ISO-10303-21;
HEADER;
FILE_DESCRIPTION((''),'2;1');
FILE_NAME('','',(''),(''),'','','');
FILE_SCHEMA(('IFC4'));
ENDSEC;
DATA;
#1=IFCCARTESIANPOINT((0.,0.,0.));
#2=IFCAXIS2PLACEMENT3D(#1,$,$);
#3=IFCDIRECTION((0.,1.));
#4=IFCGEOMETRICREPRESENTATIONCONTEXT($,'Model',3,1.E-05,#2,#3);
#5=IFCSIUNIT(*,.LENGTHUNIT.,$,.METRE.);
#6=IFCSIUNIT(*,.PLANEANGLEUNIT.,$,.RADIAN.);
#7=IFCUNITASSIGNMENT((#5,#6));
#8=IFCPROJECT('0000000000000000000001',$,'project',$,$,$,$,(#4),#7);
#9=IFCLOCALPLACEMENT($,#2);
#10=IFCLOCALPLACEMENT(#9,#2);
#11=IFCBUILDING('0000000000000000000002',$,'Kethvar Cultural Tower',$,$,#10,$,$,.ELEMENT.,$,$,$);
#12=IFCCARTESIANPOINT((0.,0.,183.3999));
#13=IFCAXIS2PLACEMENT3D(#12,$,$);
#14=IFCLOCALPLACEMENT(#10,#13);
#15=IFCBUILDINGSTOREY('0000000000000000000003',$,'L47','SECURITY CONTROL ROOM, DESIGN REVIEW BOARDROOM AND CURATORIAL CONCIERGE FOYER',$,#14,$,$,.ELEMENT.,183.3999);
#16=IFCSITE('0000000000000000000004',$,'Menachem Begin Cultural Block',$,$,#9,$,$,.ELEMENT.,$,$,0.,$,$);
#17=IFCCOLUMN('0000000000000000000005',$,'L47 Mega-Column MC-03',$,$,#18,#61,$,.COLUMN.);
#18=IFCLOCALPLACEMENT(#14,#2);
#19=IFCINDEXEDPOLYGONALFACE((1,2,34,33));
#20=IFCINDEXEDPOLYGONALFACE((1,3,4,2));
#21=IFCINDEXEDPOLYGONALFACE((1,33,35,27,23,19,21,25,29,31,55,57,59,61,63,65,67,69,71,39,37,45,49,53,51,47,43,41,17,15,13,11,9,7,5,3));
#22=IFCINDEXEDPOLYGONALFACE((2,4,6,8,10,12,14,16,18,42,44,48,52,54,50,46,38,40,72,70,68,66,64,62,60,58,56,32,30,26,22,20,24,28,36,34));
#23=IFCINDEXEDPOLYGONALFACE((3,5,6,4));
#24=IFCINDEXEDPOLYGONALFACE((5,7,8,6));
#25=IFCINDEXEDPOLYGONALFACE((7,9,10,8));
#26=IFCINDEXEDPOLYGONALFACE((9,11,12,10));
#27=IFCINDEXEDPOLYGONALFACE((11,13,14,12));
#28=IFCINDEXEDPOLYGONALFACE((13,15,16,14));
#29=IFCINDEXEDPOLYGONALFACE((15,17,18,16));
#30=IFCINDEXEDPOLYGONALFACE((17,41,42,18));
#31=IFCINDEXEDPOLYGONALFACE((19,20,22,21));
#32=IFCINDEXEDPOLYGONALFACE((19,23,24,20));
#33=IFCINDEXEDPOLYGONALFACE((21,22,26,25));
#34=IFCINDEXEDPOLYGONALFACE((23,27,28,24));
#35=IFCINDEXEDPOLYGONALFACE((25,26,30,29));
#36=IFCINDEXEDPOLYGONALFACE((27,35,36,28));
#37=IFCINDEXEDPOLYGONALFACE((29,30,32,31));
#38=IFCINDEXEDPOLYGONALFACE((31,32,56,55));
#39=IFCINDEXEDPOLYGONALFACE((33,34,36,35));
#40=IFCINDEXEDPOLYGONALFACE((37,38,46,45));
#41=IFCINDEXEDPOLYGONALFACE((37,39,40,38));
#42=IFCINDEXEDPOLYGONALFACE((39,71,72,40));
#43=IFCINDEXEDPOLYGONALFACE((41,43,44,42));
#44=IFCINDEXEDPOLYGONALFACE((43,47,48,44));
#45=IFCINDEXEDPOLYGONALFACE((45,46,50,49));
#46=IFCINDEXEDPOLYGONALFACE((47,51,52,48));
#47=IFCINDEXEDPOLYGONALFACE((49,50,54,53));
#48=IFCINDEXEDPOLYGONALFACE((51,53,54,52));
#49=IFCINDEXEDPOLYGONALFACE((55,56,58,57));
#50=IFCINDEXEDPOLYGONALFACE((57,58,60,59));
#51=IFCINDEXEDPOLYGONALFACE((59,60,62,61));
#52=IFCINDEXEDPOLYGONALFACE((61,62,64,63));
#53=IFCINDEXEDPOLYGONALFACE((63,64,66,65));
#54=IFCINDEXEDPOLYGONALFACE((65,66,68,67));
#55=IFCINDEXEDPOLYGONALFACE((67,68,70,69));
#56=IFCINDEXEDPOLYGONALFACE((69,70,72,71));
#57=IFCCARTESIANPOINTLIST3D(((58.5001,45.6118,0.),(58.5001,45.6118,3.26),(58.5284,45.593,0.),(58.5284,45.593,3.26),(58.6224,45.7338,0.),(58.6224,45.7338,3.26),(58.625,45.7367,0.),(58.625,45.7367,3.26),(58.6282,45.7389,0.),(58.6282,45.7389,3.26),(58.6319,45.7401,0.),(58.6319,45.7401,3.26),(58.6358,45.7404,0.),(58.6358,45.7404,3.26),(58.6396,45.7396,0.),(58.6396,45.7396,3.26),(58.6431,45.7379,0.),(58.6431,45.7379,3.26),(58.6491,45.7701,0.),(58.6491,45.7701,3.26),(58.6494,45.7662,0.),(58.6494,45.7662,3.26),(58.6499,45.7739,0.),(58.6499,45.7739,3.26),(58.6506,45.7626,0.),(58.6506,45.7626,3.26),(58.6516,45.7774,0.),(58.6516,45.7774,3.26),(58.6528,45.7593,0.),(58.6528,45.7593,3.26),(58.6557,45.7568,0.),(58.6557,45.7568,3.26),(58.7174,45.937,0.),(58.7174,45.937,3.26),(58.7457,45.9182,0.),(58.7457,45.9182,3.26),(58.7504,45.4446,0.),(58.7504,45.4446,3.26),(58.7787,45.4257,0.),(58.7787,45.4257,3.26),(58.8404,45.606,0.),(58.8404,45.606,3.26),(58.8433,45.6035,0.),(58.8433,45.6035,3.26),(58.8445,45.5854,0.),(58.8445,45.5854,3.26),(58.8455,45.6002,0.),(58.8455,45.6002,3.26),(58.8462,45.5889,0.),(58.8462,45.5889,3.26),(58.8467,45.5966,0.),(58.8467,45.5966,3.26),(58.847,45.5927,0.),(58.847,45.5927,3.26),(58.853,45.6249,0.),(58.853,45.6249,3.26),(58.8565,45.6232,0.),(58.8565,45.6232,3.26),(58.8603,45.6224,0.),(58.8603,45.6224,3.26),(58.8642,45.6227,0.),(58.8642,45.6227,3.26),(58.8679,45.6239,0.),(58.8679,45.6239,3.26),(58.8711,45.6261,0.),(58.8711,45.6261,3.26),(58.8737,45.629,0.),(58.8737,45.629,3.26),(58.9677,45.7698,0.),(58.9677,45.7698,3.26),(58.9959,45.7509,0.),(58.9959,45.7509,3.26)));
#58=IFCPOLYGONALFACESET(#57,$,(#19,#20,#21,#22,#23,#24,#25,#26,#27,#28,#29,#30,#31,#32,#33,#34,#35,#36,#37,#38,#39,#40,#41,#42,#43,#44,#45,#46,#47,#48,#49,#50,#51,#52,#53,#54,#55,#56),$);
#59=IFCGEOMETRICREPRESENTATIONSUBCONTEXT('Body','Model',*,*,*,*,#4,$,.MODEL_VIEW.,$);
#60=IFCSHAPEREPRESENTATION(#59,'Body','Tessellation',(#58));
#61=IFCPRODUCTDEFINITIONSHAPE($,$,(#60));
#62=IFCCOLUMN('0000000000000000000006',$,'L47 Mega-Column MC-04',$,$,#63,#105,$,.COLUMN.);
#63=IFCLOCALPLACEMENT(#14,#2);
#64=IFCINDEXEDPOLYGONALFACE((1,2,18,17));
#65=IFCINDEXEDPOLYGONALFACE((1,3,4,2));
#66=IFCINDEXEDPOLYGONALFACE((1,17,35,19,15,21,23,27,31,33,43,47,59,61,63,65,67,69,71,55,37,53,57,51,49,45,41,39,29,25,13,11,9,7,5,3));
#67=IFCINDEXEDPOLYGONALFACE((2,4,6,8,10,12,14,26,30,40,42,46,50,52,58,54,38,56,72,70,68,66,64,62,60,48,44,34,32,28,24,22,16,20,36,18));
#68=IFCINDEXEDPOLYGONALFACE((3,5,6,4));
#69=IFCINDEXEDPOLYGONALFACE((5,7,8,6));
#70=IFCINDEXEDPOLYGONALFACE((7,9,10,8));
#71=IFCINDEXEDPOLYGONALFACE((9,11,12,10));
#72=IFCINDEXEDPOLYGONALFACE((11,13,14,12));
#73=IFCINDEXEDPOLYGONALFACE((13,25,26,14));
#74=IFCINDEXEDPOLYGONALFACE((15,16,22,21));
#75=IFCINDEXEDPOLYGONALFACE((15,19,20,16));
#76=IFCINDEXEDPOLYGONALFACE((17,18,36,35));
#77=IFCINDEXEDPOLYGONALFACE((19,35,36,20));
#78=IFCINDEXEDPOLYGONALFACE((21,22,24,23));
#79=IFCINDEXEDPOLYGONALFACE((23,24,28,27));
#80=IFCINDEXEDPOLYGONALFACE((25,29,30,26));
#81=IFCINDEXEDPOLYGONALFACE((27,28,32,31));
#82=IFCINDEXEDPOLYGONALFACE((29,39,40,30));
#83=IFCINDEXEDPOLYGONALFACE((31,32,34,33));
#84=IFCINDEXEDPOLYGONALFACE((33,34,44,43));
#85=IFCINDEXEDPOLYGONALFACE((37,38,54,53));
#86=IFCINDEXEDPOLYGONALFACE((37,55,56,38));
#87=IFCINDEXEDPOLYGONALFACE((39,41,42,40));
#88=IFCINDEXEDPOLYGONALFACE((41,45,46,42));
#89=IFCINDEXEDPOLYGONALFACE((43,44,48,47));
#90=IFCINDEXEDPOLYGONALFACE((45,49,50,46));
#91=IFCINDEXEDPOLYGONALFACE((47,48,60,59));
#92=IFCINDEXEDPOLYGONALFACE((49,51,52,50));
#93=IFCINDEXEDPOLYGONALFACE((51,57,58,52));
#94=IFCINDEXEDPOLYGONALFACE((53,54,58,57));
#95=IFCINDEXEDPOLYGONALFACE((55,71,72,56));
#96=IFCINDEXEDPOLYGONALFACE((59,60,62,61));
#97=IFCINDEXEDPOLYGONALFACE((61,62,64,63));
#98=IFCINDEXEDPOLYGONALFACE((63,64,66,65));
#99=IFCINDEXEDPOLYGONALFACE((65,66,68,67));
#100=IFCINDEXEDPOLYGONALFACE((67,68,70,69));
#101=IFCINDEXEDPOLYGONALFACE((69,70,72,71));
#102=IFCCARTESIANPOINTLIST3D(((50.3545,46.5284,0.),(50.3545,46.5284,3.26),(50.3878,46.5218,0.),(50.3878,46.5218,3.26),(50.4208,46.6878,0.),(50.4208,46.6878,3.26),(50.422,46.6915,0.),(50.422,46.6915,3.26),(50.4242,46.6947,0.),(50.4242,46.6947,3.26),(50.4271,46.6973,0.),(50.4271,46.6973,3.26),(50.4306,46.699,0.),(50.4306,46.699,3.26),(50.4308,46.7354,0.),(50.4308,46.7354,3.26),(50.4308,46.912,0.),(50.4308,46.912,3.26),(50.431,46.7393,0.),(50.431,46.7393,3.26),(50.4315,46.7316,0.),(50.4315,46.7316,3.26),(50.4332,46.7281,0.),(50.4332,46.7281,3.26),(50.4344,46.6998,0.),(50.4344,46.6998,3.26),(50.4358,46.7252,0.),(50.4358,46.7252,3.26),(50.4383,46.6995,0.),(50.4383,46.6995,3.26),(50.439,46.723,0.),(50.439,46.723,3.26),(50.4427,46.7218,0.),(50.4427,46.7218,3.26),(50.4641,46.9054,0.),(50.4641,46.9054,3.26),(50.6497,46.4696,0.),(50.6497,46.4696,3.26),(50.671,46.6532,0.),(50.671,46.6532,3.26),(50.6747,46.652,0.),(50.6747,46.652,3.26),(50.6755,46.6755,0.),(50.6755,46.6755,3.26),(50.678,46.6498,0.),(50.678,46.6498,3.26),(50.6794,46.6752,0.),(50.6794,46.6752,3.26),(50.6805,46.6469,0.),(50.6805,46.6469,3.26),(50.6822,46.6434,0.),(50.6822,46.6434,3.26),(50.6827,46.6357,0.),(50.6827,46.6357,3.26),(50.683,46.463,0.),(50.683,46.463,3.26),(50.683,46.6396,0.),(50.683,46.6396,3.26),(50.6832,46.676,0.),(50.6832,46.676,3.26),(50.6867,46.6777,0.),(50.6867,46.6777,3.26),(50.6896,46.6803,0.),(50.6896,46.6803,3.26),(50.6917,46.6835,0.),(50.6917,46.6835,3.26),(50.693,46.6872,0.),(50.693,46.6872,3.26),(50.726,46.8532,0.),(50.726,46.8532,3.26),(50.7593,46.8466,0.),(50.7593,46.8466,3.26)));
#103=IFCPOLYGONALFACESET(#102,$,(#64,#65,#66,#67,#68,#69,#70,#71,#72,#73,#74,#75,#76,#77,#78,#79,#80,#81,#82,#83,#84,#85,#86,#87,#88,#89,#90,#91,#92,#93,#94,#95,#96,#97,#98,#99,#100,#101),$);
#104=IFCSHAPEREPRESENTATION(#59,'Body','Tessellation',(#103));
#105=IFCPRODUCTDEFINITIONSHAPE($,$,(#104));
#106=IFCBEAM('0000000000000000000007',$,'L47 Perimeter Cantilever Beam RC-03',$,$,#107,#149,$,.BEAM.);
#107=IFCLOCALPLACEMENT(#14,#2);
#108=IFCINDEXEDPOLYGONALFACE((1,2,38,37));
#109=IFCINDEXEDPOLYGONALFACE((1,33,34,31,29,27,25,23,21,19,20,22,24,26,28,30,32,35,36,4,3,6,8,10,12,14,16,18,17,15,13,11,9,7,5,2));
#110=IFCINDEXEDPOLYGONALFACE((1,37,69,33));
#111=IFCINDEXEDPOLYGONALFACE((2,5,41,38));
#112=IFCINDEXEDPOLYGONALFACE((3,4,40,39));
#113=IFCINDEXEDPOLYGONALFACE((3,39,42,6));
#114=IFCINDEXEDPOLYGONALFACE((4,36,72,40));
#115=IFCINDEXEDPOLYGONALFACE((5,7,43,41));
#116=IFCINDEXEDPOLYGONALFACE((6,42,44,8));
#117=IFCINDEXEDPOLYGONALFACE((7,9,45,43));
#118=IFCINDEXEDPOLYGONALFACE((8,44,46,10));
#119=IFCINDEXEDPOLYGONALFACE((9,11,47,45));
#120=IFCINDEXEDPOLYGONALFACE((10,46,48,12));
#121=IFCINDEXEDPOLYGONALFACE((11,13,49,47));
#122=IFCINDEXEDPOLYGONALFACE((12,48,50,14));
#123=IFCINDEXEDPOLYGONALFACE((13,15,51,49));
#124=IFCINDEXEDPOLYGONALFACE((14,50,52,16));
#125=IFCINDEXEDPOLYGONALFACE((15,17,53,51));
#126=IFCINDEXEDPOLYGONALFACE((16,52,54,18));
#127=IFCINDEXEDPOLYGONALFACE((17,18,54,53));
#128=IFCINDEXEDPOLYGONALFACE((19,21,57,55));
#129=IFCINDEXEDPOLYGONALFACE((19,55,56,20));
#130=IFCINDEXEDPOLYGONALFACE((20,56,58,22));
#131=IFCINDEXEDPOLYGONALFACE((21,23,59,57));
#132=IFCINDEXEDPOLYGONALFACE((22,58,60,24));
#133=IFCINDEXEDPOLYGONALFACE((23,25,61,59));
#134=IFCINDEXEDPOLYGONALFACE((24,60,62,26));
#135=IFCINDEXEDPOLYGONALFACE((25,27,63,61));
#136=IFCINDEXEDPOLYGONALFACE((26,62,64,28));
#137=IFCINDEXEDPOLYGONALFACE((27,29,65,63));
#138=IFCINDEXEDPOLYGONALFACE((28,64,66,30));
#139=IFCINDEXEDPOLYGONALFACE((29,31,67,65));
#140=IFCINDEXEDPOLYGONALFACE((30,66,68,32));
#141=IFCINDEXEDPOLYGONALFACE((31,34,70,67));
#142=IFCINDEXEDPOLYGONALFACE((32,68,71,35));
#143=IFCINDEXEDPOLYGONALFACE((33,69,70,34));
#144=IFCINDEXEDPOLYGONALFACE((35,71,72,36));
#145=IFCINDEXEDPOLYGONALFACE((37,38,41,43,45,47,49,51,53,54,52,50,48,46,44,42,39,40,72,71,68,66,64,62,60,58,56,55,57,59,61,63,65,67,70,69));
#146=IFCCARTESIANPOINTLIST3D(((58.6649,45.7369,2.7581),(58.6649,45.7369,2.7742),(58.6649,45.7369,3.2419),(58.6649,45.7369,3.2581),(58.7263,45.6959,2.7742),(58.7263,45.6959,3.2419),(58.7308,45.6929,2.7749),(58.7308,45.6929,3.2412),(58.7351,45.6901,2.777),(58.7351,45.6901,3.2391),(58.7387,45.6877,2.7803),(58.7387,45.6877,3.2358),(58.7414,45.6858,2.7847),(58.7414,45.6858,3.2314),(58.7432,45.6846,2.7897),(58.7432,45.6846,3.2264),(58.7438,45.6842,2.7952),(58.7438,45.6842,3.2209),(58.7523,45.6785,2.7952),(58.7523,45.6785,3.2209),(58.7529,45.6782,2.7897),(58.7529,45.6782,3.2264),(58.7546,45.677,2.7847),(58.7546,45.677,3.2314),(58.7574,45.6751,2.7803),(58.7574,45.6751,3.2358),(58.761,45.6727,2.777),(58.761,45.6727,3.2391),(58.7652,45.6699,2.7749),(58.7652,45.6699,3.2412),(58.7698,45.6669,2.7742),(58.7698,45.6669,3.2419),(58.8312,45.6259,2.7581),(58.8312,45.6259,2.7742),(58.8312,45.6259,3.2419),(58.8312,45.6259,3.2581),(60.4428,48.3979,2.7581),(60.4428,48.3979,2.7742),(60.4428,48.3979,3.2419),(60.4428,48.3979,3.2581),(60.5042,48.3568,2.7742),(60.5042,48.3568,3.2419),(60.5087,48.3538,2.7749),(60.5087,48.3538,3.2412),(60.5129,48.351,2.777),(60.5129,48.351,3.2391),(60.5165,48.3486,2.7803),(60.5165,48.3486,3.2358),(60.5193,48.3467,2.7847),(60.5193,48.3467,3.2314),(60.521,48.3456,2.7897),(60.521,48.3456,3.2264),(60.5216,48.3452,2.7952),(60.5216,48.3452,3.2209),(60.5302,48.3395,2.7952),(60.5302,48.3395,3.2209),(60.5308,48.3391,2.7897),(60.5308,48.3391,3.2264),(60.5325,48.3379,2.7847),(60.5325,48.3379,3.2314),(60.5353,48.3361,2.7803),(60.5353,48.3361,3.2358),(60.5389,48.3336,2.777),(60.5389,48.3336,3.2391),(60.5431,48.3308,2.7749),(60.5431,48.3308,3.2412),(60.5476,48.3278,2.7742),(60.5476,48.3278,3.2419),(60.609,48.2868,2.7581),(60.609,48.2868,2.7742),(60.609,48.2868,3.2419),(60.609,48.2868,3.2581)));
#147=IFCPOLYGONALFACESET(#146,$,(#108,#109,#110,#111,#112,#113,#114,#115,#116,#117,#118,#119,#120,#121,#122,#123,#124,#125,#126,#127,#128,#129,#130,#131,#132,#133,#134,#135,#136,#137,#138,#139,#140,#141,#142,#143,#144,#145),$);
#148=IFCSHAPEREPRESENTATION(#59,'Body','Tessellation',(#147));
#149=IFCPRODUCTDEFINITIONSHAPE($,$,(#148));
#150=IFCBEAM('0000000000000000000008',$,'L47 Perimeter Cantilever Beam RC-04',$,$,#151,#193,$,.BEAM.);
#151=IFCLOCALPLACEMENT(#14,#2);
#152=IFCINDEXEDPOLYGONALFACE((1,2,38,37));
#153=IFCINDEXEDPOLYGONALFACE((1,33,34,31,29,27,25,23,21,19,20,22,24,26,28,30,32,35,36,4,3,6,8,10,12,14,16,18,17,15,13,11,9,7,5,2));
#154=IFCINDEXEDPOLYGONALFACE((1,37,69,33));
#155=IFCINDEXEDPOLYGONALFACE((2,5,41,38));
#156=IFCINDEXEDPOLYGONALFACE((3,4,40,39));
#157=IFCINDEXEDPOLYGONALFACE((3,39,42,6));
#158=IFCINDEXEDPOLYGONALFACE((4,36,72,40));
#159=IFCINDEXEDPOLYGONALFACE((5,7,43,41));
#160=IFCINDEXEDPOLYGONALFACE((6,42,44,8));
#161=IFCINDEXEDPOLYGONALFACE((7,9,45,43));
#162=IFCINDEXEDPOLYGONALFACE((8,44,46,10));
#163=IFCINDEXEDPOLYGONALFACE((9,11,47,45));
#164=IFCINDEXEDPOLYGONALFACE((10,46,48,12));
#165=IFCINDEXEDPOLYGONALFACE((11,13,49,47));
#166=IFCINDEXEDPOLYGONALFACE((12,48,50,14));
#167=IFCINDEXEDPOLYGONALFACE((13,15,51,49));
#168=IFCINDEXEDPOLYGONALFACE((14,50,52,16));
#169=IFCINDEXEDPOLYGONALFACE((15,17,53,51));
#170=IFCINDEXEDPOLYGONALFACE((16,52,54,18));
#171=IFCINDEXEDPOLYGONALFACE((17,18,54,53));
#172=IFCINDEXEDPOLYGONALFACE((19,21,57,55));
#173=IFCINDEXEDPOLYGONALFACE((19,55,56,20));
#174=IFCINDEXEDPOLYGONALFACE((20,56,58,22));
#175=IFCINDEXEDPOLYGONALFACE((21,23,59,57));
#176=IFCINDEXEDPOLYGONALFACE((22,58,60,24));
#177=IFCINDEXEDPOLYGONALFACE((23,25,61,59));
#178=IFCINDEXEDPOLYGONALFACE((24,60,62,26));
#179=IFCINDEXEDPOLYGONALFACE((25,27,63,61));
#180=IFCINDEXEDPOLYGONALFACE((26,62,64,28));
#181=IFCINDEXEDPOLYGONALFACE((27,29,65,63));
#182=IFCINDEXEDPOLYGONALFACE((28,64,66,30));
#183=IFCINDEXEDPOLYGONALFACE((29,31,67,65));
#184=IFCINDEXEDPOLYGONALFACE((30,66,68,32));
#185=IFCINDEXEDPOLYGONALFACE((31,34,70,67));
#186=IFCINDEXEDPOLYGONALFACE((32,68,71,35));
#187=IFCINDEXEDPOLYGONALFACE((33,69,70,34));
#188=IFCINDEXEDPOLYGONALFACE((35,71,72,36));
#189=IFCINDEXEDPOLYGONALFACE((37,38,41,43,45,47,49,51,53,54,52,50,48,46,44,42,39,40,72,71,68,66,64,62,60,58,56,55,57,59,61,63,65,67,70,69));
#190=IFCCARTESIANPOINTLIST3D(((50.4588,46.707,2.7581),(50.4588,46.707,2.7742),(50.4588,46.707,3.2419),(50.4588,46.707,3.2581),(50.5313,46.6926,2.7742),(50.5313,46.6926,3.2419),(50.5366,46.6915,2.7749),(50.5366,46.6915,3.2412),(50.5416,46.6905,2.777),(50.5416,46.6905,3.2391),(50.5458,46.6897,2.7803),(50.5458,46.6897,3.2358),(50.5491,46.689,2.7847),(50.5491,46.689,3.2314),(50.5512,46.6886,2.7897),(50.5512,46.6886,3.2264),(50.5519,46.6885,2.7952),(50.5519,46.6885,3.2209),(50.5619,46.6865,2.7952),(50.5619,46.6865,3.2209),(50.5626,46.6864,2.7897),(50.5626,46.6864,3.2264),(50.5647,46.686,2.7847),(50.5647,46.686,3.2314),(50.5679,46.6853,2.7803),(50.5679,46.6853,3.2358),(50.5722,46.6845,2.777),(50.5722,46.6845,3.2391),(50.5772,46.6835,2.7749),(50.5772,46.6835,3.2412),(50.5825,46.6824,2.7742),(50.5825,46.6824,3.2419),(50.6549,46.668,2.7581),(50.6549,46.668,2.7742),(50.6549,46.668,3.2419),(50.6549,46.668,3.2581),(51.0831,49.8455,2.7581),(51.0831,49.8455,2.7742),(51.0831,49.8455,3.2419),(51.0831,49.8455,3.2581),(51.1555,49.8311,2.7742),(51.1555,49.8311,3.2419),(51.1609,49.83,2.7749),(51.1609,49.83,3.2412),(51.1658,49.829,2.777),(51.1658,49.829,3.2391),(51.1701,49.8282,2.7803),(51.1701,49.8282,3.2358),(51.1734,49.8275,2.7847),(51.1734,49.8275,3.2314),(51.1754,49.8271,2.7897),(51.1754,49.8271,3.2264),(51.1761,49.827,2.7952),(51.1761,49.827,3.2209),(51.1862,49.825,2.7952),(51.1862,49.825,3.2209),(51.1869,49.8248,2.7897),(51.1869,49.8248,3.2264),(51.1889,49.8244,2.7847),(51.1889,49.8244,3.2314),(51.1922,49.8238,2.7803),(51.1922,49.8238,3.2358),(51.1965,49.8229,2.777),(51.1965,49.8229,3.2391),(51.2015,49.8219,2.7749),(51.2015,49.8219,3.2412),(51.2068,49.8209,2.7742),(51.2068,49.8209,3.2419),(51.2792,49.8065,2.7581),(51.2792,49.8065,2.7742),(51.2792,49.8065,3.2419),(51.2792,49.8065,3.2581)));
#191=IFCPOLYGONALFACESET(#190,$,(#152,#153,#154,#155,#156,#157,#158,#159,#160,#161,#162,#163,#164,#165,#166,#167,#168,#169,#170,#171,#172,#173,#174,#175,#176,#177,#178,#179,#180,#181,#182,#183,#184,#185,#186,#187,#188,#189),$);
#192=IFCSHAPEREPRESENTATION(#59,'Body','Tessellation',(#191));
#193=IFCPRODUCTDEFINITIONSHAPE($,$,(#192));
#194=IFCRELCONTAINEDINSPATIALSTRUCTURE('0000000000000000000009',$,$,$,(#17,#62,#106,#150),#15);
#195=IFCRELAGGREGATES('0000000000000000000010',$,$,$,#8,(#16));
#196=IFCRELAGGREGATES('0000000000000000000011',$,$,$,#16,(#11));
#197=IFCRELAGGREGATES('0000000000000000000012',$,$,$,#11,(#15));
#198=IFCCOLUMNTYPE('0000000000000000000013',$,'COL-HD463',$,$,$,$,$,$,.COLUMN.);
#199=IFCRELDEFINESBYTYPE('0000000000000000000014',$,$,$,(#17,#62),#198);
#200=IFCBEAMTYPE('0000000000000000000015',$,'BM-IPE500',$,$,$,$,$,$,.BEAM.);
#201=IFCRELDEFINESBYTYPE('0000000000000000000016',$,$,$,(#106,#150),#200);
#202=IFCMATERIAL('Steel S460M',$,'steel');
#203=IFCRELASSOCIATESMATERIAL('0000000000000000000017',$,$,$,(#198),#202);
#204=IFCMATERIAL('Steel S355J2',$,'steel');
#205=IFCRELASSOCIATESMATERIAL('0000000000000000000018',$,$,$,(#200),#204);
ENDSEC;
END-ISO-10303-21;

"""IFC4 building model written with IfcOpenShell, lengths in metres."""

from ifc_helpers import new_model, si_unit, direction, frame, origin, origin_2d, place, context, subcontext, project, spatial, i_section, extrude, source, transform, mapped, material, material_profile, profile_set, type_object, element, save


model = new_model("IFC4")

# Units and contexts
model_context = context("Model", 3, precision=1e-05, world=origin(), true_north=direction((0.0, 1.0)))
body_context = subcontext(model_context, "Body", "Model", "MODEL_VIEW")
ifc_project = project(units=[si_unit("LENGTHUNIT", "METRE"), si_unit("PLANEANGLEUNIT", "RADIAN")], contexts=[model_context])

# Site, building, storey
site_placement = place(None, origin())
site = spatial("IfcSite", under=ifc_project, at=site_placement, Name="Menachem Begin Cultural Block", CompositionType="ELEMENT", RefElevation=0.0)
building_placement = place(site_placement, origin())
building = spatial("IfcBuilding", under=site, at=building_placement, Name="Kethvar Cultural Tower", CompositionType="ELEMENT")
storey_placement = place(building_placement, frame((0.0, 0.0, 183.3999)))
storey = spatial("IfcBuildingStorey", under=building, at=storey_placement, Name="L47", Description="SECURITY CONTROL ROOM, DESIGN REVIEW BOARDROOM AND CURATORIAL CONCIERGE FOYER", CompositionType="ELEMENT", Elevation=183.3999)

# Columns
ifc_material_1 = material(Name="Steel S460M", Category="steel")
ifc_material_profile_1 = material_profile(ifc_material_1, i_section(OverallWidth=0.3911, OverallDepth=0.335, WebThickness=0.0227, FlangeThickness=0.0339, FilletRadius=0.0149, at=origin_2d()), Name="Steel S460M — HD400x463")
ifc_profile_set_1 = profile_set([ifc_material_profile_1], Name="Steel S460M — HD400x463")
column_type = type_object("IfcColumnType", Name="COL-HD463", PredefinedType="COLUMN", material=ifc_profile_set_1)
shared_shape_1 = source(origin(), body_context, "Body", "SweptSolid", [
    extrude(i_section(OverallWidth=0.3911, OverallDepth=0.335, WebThickness=0.0227, FlangeThickness=0.0339, FilletRadius=0.0149, at=origin_2d()), origin(), (0.0, 0.0, 1.0), 3.26),
])
for number, where, z_axis, x_axis, name in (
    (1, (58.748, 45.6814, 0.0), (0.0, 0.0, 1.0), (0.55557, 0.83147, 0.0), "L47 Mega-Column MC-03"),
    (2, (50.5569, 46.6875, 0.0), (0.0, 0.0, 1.0), (0.19509, 0.980785, 0.0), "L47 Mega-Column MC-04"),
):
    element("IfcColumn", number, at=place(storey_placement, frame(where, z_axis=z_axis, x_axis=x_axis)), inside=storey, type_object=column_type, Name=name, PredefinedType="COLUMN", context=body_context, shape_type="MappedRepresentation", body=[
        mapped(shared_shape_1, transform((0.0, 0.0, 0.0), scale=1.0)),
    ])

# Beams
ifc_material_2 = material(Name="Steel S355J2", Category="steel")
ifc_material_profile_2 = material_profile(ifc_material_2, i_section(OverallWidth=0.2, OverallDepth=0.5, WebThickness=0.0103, FlangeThickness=0.0161, FilletRadius=0.021, at=origin_2d()), Name="Steel S355J2 — IPE500")
ifc_profile_set_2 = profile_set([ifc_material_profile_2], Name="Steel S355J2 — IPE500")
beam_type_1 = type_object("IfcBeamType", Name="BM-IPE500", PredefinedType="BEAM", material=ifc_profile_set_2)
shared_shape_2 = source(origin(), body_context, "Body", "SweptSolid", [
    extrude(i_section(OverallWidth=0.2, OverallDepth=0.5, WebThickness=0.0103, FlangeThickness=0.0161, FilletRadius=0.021, at=origin_2d()), origin(), (0.0, 0.0, 1.0), 3.2002),
])
beam_1_placement = place(storey_placement, frame((58.748, 45.6814, 3.0081), z_axis=(0.555545, 0.831486, 0.0), x_axis=(-0.831486, 0.555545, 0.0)))
element("IfcBeam", 3, at=beam_1_placement, inside=storey, type_object=beam_type_1, Name="L47 Perimeter Cantilever Beam RC-03", PredefinedType="BEAM", context=body_context, shape_type="MappedRepresentation", body=[
    mapped(shared_shape_2, transform((0.0, 0.0, 0.0), scale=1.0)),
])
shared_shape_3 = source(origin(), body_context, "Body", "SweptSolid", [
    extrude(i_section(OverallWidth=0.2, OverallDepth=0.5, WebThickness=0.0103, FlangeThickness=0.0161, FilletRadius=0.021, at=origin_2d()), origin(), (0.0, 0.0, 1.0), 3.2),
])
beam_2_placement = place(storey_placement, frame((50.5569, 46.6875, 3.0081), z_axis=(0.195089, 0.980786, 0.0), x_axis=(-0.980786, 0.195089, 0.0)))
element("IfcBeam", 4, at=beam_2_placement, inside=storey, type_object=beam_type_1, Name="L47 Perimeter Cantilever Beam RC-04", PredefinedType="BEAM", context=body_context, shape_type="MappedRepresentation", body=[
    mapped(shared_shape_3, transform((0.0, 0.0, 0.0), scale=1.0)),
])

save(model, "model.ifc")
